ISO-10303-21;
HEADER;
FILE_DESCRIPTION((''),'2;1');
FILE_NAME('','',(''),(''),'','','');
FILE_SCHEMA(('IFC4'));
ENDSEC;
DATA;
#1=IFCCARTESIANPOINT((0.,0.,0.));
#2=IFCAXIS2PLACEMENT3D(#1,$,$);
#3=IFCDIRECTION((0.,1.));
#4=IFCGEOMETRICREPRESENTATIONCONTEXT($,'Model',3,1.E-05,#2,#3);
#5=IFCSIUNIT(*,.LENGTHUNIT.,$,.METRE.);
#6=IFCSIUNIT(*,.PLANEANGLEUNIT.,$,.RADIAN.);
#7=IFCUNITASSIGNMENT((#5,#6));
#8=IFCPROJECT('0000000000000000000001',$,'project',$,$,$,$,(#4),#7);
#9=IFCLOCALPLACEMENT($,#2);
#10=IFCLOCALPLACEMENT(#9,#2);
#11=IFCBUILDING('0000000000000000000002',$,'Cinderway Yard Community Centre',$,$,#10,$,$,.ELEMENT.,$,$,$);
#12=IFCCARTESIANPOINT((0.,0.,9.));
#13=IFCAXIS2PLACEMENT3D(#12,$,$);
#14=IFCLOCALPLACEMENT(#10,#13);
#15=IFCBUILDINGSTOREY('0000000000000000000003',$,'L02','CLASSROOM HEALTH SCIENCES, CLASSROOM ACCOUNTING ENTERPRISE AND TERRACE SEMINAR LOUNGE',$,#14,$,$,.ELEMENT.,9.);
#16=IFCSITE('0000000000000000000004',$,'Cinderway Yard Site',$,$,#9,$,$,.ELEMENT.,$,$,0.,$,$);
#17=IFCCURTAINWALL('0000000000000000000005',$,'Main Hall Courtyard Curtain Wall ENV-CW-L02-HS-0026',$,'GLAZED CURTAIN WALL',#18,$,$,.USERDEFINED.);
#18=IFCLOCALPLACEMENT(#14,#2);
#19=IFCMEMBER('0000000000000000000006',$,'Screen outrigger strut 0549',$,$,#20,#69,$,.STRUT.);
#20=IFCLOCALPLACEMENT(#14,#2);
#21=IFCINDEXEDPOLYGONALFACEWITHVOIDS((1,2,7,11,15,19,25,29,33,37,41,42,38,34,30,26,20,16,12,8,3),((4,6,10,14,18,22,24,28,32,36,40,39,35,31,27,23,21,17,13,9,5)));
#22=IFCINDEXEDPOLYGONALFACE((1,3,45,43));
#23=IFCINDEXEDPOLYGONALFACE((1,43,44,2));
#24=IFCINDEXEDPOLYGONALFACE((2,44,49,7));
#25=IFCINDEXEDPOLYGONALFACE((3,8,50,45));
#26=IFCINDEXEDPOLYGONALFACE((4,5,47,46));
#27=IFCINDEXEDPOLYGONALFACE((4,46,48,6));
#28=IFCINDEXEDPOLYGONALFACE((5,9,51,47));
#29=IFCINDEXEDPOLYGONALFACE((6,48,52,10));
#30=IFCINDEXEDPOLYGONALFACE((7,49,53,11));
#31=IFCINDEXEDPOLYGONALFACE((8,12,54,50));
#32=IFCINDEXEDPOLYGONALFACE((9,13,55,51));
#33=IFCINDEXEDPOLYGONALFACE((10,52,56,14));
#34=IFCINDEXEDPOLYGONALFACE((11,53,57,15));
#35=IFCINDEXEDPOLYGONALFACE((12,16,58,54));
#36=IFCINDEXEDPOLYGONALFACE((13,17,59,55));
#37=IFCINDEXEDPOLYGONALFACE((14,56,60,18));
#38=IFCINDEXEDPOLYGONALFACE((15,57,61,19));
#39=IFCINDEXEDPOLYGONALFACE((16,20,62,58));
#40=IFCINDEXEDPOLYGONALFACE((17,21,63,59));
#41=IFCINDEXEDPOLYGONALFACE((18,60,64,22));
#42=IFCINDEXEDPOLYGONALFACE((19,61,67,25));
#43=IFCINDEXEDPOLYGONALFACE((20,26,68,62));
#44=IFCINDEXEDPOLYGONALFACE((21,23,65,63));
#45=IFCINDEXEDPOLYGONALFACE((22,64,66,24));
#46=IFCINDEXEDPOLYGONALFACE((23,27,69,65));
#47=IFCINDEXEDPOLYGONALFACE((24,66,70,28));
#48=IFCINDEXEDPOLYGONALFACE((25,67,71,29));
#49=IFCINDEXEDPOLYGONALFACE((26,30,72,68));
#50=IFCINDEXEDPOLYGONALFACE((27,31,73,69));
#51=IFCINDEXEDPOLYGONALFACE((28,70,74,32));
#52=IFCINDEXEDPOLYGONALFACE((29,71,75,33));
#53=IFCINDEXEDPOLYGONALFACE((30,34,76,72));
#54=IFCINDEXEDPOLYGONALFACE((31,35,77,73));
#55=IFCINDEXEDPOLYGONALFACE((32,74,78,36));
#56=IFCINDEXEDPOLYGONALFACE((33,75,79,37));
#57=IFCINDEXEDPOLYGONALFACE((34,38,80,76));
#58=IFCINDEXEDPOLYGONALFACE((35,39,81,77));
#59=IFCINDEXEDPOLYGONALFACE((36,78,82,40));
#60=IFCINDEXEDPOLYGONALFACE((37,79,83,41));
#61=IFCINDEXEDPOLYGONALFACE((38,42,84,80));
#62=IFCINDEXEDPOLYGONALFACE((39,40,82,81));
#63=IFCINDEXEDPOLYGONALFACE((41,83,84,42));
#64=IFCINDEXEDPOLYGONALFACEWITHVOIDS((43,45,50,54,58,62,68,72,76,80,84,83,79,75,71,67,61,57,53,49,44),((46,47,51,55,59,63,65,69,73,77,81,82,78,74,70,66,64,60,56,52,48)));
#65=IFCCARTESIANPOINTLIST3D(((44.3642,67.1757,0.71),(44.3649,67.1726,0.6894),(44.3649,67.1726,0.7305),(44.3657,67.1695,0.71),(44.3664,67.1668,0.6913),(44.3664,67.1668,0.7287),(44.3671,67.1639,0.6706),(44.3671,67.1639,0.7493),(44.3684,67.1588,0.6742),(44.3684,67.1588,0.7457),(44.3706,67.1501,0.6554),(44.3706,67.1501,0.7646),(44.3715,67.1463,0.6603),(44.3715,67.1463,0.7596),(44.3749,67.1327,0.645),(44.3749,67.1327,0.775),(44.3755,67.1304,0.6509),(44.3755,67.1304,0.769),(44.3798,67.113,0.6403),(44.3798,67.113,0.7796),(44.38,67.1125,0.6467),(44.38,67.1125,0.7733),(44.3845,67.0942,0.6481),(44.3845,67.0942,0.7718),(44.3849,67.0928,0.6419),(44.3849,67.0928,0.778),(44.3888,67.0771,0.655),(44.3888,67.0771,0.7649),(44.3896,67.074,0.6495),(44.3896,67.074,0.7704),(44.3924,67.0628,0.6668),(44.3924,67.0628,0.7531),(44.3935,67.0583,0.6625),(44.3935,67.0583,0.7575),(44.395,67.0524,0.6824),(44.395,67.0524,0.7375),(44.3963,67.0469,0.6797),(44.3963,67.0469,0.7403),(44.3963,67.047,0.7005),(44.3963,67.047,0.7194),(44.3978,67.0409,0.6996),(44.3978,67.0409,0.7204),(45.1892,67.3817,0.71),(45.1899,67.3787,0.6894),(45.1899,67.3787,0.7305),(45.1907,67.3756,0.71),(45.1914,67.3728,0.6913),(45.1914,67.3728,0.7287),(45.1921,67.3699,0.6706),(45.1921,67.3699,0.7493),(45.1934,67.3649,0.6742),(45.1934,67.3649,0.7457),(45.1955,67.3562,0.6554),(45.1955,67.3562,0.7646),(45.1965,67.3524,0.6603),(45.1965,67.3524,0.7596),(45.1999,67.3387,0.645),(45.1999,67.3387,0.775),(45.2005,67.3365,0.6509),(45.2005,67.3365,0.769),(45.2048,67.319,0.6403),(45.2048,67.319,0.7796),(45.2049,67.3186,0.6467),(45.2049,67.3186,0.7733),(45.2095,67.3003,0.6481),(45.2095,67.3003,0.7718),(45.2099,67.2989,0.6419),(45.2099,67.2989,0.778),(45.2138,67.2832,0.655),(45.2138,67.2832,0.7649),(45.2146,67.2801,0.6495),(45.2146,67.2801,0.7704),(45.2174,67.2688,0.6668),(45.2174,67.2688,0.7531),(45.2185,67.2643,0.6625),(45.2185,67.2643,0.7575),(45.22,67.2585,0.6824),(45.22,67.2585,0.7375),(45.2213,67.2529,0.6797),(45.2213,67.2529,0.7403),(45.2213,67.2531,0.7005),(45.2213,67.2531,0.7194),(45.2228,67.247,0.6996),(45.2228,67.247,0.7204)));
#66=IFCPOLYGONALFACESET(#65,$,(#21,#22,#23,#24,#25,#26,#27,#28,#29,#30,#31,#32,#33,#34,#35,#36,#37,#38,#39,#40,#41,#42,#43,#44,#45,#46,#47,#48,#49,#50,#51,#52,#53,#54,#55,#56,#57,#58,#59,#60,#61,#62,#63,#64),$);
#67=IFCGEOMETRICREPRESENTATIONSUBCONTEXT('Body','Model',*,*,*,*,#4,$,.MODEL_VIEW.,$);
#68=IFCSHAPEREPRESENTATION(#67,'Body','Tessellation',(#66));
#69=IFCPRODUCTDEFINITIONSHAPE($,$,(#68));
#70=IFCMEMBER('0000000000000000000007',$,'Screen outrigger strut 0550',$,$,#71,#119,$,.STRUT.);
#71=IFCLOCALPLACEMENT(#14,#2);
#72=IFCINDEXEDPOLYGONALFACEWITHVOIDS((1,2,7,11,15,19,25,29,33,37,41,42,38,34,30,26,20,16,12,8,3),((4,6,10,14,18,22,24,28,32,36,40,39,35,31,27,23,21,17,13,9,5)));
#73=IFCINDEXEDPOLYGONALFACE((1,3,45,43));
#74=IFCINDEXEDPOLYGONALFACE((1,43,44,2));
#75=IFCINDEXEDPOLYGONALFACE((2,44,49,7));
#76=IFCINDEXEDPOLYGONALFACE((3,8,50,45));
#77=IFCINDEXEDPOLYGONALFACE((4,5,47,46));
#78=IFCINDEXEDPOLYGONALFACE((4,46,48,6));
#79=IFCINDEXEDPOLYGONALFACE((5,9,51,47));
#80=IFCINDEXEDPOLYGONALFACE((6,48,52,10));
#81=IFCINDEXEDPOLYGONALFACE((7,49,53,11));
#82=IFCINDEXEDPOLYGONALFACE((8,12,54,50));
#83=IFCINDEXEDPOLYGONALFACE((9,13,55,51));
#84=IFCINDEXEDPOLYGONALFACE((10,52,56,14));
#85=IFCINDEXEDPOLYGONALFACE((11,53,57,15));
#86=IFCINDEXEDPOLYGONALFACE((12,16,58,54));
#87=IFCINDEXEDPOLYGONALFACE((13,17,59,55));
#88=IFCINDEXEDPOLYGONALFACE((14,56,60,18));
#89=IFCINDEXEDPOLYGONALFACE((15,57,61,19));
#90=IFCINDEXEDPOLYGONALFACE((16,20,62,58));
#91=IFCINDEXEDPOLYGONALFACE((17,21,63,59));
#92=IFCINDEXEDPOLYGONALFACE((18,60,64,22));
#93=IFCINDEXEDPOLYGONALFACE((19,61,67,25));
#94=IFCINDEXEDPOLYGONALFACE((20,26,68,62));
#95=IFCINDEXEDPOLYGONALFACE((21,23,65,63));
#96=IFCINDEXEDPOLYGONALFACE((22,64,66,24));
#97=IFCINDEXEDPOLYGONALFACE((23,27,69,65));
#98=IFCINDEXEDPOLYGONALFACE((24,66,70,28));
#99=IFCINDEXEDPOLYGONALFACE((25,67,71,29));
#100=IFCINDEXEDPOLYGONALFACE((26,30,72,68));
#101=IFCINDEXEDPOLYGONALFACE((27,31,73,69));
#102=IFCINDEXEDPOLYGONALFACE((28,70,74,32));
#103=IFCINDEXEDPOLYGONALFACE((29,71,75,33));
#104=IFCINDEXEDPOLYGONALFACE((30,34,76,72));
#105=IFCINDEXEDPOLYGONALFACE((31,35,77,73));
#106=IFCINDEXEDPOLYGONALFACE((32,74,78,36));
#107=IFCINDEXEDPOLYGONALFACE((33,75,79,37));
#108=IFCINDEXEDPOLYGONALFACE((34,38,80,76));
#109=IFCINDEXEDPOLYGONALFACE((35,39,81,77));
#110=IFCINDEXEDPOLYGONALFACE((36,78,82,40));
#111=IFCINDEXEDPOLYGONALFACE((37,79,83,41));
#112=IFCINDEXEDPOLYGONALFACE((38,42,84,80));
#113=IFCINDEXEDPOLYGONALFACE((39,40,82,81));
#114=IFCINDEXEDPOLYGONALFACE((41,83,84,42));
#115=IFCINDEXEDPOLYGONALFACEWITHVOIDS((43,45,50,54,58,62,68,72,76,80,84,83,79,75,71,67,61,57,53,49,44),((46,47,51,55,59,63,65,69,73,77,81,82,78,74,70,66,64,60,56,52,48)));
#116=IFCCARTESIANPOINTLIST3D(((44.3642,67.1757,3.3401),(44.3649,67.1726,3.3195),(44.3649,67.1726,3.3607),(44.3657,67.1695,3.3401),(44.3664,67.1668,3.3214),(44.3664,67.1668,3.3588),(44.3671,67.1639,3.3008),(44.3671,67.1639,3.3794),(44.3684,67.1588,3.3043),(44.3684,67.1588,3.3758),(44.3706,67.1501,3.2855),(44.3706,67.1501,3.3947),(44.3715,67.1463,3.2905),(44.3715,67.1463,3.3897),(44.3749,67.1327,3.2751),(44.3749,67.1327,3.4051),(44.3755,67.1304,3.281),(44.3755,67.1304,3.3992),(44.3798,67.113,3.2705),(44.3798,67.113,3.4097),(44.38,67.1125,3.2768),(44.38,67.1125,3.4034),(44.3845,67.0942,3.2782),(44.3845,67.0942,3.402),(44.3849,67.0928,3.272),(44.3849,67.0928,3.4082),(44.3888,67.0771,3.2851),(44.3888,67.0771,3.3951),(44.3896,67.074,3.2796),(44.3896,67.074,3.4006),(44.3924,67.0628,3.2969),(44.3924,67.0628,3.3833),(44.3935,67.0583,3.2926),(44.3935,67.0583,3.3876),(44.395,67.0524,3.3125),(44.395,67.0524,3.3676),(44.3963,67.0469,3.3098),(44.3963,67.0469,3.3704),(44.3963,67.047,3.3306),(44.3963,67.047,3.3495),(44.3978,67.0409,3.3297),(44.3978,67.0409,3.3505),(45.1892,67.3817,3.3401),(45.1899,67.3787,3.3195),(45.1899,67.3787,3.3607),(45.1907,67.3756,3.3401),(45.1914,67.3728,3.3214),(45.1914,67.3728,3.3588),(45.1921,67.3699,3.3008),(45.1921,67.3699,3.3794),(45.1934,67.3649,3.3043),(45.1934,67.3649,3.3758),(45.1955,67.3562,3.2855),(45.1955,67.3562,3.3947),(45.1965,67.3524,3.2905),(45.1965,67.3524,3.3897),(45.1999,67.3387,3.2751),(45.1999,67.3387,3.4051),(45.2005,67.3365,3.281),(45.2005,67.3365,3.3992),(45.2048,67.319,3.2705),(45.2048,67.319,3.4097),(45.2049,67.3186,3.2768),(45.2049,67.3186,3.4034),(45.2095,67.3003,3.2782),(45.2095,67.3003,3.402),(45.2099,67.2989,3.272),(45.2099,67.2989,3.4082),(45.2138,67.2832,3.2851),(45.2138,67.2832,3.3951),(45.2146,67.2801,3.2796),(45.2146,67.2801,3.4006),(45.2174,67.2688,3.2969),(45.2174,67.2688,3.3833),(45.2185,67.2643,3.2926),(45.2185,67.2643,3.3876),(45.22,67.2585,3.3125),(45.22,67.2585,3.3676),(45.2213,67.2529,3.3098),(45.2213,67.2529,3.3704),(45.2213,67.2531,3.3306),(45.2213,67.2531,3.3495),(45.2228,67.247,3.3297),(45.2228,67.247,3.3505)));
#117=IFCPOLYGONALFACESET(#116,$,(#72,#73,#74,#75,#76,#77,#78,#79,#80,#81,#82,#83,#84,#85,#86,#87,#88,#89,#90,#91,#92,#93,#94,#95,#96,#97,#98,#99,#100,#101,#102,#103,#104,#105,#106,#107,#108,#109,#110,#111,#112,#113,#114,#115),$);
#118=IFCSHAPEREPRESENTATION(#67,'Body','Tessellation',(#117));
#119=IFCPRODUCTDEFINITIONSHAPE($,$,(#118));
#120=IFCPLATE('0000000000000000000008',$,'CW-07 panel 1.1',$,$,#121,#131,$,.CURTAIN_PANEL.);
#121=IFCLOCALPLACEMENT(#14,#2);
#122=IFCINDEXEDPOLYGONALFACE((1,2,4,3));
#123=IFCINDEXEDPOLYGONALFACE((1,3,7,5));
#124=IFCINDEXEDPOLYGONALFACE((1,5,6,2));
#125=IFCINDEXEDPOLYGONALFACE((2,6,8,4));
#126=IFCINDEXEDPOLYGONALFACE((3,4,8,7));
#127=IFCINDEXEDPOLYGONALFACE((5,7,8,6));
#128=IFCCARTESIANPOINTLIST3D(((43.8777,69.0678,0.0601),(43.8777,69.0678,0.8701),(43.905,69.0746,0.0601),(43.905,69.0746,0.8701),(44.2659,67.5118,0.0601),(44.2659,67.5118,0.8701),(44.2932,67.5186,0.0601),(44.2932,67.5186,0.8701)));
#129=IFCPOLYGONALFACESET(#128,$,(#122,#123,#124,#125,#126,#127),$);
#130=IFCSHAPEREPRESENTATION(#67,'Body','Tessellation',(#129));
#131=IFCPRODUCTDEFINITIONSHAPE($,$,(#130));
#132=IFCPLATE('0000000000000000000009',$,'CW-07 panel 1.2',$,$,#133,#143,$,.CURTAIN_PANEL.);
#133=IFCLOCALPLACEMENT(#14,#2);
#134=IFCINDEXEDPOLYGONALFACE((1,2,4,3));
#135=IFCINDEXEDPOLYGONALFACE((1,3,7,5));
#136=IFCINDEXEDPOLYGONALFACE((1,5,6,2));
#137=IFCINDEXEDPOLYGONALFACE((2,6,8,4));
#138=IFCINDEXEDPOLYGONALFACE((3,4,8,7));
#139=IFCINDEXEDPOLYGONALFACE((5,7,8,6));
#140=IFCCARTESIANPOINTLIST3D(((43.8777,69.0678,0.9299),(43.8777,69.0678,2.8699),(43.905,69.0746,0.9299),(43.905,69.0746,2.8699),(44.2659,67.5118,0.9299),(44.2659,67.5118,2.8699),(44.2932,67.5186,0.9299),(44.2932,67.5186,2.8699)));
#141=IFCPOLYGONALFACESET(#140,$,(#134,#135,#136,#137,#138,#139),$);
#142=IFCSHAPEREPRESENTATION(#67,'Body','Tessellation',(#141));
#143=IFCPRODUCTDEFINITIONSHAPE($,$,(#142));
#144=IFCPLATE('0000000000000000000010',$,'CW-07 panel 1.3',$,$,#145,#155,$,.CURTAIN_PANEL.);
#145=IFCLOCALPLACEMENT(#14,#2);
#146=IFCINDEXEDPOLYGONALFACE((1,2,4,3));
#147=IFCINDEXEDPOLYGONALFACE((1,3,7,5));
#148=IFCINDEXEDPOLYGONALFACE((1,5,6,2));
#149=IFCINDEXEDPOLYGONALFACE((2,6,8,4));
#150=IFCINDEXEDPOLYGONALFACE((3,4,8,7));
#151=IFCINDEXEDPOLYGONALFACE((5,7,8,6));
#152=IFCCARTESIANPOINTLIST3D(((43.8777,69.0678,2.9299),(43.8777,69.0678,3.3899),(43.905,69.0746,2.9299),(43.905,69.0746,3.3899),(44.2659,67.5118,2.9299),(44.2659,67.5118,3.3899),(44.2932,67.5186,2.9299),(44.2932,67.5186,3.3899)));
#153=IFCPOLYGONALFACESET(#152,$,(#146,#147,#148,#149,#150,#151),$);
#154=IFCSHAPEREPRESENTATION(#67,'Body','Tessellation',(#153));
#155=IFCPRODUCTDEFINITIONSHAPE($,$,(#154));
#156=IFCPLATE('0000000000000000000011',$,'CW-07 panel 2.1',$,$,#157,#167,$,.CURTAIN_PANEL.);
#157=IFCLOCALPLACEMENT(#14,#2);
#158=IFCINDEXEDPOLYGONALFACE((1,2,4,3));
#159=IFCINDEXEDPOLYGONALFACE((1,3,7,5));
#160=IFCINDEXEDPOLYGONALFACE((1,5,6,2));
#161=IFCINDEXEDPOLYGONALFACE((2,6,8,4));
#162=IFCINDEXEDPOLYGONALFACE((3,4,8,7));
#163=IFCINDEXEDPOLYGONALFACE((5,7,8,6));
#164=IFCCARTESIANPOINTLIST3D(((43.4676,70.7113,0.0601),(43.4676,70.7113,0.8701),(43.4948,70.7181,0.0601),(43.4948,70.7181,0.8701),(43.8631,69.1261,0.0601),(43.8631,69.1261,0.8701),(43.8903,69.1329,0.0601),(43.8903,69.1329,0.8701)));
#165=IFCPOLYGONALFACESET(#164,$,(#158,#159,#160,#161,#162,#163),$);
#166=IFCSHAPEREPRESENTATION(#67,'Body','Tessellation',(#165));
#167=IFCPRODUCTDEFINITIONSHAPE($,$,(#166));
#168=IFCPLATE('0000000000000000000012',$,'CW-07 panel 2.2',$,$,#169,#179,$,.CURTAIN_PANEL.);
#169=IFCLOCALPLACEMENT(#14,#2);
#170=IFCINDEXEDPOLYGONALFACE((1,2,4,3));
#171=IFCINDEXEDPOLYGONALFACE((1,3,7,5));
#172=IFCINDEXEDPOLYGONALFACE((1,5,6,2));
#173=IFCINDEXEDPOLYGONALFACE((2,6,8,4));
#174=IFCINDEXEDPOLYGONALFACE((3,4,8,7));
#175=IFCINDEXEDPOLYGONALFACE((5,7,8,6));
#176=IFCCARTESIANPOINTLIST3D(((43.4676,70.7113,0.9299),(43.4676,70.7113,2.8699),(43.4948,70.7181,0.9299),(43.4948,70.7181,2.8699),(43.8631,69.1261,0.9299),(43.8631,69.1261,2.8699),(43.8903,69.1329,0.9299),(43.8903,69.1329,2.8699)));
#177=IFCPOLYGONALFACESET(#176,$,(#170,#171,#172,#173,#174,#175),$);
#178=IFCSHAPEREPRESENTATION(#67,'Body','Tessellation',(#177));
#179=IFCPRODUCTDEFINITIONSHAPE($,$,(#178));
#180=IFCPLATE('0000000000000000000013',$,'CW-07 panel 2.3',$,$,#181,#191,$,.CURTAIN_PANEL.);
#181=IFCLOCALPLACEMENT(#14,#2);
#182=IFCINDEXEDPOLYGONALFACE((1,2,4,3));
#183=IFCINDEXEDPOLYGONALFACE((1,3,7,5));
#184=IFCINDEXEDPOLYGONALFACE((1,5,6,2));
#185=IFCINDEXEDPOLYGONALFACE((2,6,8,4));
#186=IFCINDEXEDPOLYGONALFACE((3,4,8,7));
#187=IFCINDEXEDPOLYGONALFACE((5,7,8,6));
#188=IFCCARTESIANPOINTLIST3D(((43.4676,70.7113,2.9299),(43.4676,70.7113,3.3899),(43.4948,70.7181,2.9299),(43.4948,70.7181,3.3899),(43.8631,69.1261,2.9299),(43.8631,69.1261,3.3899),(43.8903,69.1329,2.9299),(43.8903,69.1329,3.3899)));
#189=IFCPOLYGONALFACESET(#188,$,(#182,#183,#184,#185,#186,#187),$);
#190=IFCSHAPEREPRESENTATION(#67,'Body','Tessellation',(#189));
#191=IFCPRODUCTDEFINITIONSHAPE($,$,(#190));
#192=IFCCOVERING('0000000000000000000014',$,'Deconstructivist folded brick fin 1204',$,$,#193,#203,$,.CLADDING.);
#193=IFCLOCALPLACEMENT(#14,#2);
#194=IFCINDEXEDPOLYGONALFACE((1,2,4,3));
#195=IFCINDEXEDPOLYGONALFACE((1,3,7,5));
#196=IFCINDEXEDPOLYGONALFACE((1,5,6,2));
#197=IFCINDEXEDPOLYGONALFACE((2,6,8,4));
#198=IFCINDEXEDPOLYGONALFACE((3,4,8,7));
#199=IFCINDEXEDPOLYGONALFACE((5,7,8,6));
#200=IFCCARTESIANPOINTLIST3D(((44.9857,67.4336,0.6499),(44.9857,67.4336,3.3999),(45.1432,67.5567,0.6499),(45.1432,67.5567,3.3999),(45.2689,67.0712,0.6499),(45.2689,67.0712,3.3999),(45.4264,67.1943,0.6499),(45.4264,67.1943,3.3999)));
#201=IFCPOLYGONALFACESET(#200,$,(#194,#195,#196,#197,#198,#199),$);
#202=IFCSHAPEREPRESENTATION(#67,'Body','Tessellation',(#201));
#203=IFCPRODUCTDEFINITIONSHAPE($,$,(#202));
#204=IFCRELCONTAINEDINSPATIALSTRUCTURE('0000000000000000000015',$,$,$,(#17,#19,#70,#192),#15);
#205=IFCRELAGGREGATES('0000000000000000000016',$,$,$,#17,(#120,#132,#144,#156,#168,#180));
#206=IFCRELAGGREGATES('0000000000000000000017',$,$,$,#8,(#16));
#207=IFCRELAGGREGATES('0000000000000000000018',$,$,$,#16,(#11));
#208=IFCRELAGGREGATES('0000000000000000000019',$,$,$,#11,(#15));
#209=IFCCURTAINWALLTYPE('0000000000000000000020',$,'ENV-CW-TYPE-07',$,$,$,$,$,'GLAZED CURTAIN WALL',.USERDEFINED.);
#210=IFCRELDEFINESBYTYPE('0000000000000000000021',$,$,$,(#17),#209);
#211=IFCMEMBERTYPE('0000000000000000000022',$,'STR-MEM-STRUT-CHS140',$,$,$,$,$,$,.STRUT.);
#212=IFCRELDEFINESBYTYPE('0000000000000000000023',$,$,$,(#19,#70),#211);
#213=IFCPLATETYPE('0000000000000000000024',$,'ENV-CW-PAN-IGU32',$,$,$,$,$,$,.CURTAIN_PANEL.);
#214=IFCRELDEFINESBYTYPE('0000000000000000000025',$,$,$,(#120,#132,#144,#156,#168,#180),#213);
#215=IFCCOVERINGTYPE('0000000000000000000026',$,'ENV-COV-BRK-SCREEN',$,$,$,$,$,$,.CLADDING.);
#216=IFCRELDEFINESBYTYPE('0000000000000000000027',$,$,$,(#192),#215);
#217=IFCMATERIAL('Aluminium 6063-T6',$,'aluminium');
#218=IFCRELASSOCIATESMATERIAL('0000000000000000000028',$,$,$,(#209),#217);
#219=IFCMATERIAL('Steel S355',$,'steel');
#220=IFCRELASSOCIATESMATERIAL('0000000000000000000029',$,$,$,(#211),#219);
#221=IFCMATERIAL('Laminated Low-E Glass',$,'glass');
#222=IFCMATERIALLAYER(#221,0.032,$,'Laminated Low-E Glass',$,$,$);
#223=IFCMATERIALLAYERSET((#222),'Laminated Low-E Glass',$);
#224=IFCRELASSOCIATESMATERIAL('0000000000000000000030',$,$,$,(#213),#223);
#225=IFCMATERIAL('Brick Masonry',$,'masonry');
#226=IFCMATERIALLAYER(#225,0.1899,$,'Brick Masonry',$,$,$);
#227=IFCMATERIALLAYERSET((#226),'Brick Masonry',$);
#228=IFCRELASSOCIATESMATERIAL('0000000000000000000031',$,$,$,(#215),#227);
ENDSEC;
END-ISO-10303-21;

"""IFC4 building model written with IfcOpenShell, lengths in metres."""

from ifc_helpers import new_model, si_unit, direction, frame, origin, origin_2d, place, context, subcontext, project, spatial, rectangle, hollow_circle, extrude, material, layer, layer_set, material_profile, profile_set, type_object, element, aggregate, save


model = new_model("IFC4")

# Units and contexts
model_context = context("Model", 3, precision=1e-05, world=origin(), true_north=direction((0.0, 1.0)))
body_context = subcontext(model_context, "Body", "Model", "MODEL_VIEW")
ifc_project = project(units=[si_unit("LENGTHUNIT", "METRE"), si_unit("PLANEANGLEUNIT", "RADIAN")], contexts=[model_context])

# Site, building, storey
site_placement = place(None, origin())
site = spatial("IfcSite", under=ifc_project, at=site_placement, Name="Cinderway Yard Site", CompositionType="ELEMENT", RefElevation=0.0)
building_placement = place(site_placement, origin())
building = spatial("IfcBuilding", under=site, at=building_placement, Name="Cinderway Yard Community Centre", CompositionType="ELEMENT")
storey_placement = place(building_placement, frame((0.0, 0.0, 9.0)))
storey = spatial("IfcBuildingStorey", under=building, at=storey_placement, Name="L02", Description="CLASSROOM HEALTH SCIENCES, CLASSROOM ACCOUNTING ENTERPRISE AND TERRACE SEMINAR LOUNGE", CompositionType="ELEMENT", Elevation=9.0)

# Curtain wall
ifc_material_1 = material(Name="Aluminium 6063-T6", Category="aluminium")
curtain_wall_type = type_object("IfcCurtainWallType", Name="ENV-CW-TYPE-07", ElementType="GLAZED CURTAIN WALL", PredefinedType="USERDEFINED", material=ifc_material_1)
curtain_wall_placement = place(storey_placement, origin())
curtain_wall = element("IfcCurtainWall", 1, at=curtain_wall_placement, inside=storey, type_object=curtain_wall_type, Name="Main Hall Courtyard Curtain Wall ENV-CW-L02-HS-0026", ObjectType="GLAZED CURTAIN WALL", PredefinedType="USERDEFINED")

# Shared definitions
ifc_material_2 = material(Name="Steel S355", Category="steel")

# Members
ifc_material_profile_1 = material_profile(ifc_material_2, hollow_circle(Radius=0.0698, WallThickness=0.0063, at=origin_2d()), Name="Steel S355")
ifc_profile_set_1 = profile_set([ifc_material_profile_1], Name="Steel S355")
member_type_1 = type_object("IfcMemberType", Name="STR-MEM-STRUT-CHS140", PredefinedType="STRUT", material=ifc_profile_set_1)
for number, where, z_axis, x_axis, name in (
    (2, (44.3811, 67.1079, 0.71), (0.970193, 0.242333, 0.0), (-0.242333, 0.970193, 0.0), "Screen outrigger strut 0549"),
    (3, (44.3811, 67.1079, 3.3401), (0.970193, 0.242333, 0.0), (-0.242333, 0.970193, 0.0), "Screen outrigger strut 0550"),
):
    element("IfcMember", number, at=place(storey_placement, frame(where, z_axis=z_axis, x_axis=x_axis)), inside=storey, type_object=member_type_1, Name=name, PredefinedType="STRUT", context=body_context, shape_type="SweptSolid", body=[
        extrude(hollow_circle(Radius=0.0698, WallThickness=0.0063, at=origin_2d()), origin(), (0.0, 0.0, 1.0), 0.8503),
    ])

# Plates
ifc_material_3 = material(Name="Laminated Low-E Glass", Category="glass")
ifc_layer_1 = layer(ifc_material_3, 0.032, Name="Laminated Low-E Glass")
ifc_layer_set_1 = layer_set([ifc_layer_1], Name="Laminated Low-E Glass")
plate_type = type_object("IfcPlateType", Name="ENV-CW-PAN-IGU32", PredefinedType="CURTAIN_PANEL", material=ifc_layer_set_1)
plate_1_placement = place(storey_placement, frame((44.0854, 68.2932, 0.0601), z_axis=(0.0, 0.0, 1.0), x_axis=(-0.242073, 0.970258, 0.0)))
plate_1 = element("IfcPlate", 4, at=plate_1_placement, type_object=plate_type, Name="CW-07 panel 1.1", PredefinedType="CURTAIN_PANEL", context=body_context, shape_type="SweptSolid", body=[
    extrude(rectangle(XDim=1.6038, YDim=0.0281, at=origin_2d()), origin(), (0.0, 0.0, 1.0), 0.8101),
])
plate_2_placement = place(storey_placement, frame((44.0854, 68.2932, 0.9299), z_axis=(0.0, 0.0, 1.0), x_axis=(-0.242073, 0.970258, 0.0)))
plate_2 = element("IfcPlate", 5, at=plate_2_placement, type_object=plate_type, Name="CW-07 panel 1.2", PredefinedType="CURTAIN_PANEL", context=body_context, shape_type="SweptSolid", body=[
    extrude(rectangle(XDim=1.6038, YDim=0.0281, at=origin_2d()), origin(), (0.0, 0.0, 1.0), 1.9399),
])
plate_3_placement = place(storey_placement, frame((44.0854, 68.2932, 2.9299), z_axis=(0.0, 0.0, 1.0), x_axis=(-0.242073, 0.970258, 0.0)))
plate_3 = element("IfcPlate", 6, at=plate_3_placement, type_object=plate_type, Name="CW-07 panel 1.3", PredefinedType="CURTAIN_PANEL", context=body_context, shape_type="SweptSolid", body=[
    extrude(rectangle(XDim=1.6038, YDim=0.0281, at=origin_2d()), origin(), (0.0, 0.0, 1.0), 0.46),
])
plate_4_placement = place(storey_placement, frame((43.679, 69.9221, 0.0601), z_axis=(0.0, 0.0, 1.0), x_axis=(-0.242073, 0.970258, 0.0)))
plate_4 = element("IfcPlate", 7, at=plate_4_placement, type_object=plate_type, Name="CW-07 panel 2.1", PredefinedType="CURTAIN_PANEL", context=body_context, shape_type="SweptSolid", body=[
    extrude(rectangle(XDim=1.6338, YDim=0.0281, at=origin_2d()), origin(), (0.0, 0.0, 1.0), 0.8101),
])
plate_5_placement = place(storey_placement, frame((43.679, 69.9221, 0.9299), z_axis=(0.0, 0.0, 1.0), x_axis=(-0.242073, 0.970258, 0.0)))
plate_5 = element("IfcPlate", 8, at=plate_5_placement, type_object=plate_type, Name="CW-07 panel 2.2", PredefinedType="CURTAIN_PANEL", context=body_context, shape_type="SweptSolid", body=[
    extrude(rectangle(XDim=1.6338, YDim=0.0281, at=origin_2d()), origin(), (0.0, 0.0, 1.0), 1.9399),
])
plate_6_placement = place(storey_placement, frame((43.679, 69.9221, 2.9299), z_axis=(0.0, 0.0, 1.0), x_axis=(-0.242073, 0.970258, 0.0)))
plate_6 = element("IfcPlate", 9, at=plate_6_placement, type_object=plate_type, Name="CW-07 panel 2.3", PredefinedType="CURTAIN_PANEL", context=body_context, shape_type="SweptSolid", body=[
    extrude(rectangle(XDim=1.6338, YDim=0.0281, at=origin_2d()), origin(), (0.0, 0.0, 1.0), 0.46),
])
aggregate(curtain_wall, [plate_1, plate_2, plate_3, plate_4, plate_5, plate_6])

# Covering
ifc_material_4 = material(Name="Brick Masonry", Category="masonry")
ifc_layer_2 = layer(ifc_material_4, 0.1899, Name="Brick Masonry")
ifc_layer_set_2 = layer_set([ifc_layer_2], Name="Brick Masonry")
covering_type = type_object("IfcCoveringType", Name="ENV-COV-BRK-SCREEN", PredefinedType="CLADDING", material=ifc_layer_set_2)
covering_placement = place(storey_placement, frame((45.2061, 67.314, 0.6499), z_axis=(0.0, 0.0, 1.0), x_axis=(0.615661, -0.788011, 0.0)))
element("IfcCovering", 10, at=covering_placement, inside=storey, type_object=covering_type, Name="Deconstructivist folded brick fin 1204", PredefinedType="CLADDING", context=body_context, shape_type="SweptSolid", body=[
    extrude(rectangle(XDim=0.46, YDim=0.2, at=origin_2d()), origin(), (0.0, 0.0, 1.0), 2.75),
])

save(model, "model.ifc")
